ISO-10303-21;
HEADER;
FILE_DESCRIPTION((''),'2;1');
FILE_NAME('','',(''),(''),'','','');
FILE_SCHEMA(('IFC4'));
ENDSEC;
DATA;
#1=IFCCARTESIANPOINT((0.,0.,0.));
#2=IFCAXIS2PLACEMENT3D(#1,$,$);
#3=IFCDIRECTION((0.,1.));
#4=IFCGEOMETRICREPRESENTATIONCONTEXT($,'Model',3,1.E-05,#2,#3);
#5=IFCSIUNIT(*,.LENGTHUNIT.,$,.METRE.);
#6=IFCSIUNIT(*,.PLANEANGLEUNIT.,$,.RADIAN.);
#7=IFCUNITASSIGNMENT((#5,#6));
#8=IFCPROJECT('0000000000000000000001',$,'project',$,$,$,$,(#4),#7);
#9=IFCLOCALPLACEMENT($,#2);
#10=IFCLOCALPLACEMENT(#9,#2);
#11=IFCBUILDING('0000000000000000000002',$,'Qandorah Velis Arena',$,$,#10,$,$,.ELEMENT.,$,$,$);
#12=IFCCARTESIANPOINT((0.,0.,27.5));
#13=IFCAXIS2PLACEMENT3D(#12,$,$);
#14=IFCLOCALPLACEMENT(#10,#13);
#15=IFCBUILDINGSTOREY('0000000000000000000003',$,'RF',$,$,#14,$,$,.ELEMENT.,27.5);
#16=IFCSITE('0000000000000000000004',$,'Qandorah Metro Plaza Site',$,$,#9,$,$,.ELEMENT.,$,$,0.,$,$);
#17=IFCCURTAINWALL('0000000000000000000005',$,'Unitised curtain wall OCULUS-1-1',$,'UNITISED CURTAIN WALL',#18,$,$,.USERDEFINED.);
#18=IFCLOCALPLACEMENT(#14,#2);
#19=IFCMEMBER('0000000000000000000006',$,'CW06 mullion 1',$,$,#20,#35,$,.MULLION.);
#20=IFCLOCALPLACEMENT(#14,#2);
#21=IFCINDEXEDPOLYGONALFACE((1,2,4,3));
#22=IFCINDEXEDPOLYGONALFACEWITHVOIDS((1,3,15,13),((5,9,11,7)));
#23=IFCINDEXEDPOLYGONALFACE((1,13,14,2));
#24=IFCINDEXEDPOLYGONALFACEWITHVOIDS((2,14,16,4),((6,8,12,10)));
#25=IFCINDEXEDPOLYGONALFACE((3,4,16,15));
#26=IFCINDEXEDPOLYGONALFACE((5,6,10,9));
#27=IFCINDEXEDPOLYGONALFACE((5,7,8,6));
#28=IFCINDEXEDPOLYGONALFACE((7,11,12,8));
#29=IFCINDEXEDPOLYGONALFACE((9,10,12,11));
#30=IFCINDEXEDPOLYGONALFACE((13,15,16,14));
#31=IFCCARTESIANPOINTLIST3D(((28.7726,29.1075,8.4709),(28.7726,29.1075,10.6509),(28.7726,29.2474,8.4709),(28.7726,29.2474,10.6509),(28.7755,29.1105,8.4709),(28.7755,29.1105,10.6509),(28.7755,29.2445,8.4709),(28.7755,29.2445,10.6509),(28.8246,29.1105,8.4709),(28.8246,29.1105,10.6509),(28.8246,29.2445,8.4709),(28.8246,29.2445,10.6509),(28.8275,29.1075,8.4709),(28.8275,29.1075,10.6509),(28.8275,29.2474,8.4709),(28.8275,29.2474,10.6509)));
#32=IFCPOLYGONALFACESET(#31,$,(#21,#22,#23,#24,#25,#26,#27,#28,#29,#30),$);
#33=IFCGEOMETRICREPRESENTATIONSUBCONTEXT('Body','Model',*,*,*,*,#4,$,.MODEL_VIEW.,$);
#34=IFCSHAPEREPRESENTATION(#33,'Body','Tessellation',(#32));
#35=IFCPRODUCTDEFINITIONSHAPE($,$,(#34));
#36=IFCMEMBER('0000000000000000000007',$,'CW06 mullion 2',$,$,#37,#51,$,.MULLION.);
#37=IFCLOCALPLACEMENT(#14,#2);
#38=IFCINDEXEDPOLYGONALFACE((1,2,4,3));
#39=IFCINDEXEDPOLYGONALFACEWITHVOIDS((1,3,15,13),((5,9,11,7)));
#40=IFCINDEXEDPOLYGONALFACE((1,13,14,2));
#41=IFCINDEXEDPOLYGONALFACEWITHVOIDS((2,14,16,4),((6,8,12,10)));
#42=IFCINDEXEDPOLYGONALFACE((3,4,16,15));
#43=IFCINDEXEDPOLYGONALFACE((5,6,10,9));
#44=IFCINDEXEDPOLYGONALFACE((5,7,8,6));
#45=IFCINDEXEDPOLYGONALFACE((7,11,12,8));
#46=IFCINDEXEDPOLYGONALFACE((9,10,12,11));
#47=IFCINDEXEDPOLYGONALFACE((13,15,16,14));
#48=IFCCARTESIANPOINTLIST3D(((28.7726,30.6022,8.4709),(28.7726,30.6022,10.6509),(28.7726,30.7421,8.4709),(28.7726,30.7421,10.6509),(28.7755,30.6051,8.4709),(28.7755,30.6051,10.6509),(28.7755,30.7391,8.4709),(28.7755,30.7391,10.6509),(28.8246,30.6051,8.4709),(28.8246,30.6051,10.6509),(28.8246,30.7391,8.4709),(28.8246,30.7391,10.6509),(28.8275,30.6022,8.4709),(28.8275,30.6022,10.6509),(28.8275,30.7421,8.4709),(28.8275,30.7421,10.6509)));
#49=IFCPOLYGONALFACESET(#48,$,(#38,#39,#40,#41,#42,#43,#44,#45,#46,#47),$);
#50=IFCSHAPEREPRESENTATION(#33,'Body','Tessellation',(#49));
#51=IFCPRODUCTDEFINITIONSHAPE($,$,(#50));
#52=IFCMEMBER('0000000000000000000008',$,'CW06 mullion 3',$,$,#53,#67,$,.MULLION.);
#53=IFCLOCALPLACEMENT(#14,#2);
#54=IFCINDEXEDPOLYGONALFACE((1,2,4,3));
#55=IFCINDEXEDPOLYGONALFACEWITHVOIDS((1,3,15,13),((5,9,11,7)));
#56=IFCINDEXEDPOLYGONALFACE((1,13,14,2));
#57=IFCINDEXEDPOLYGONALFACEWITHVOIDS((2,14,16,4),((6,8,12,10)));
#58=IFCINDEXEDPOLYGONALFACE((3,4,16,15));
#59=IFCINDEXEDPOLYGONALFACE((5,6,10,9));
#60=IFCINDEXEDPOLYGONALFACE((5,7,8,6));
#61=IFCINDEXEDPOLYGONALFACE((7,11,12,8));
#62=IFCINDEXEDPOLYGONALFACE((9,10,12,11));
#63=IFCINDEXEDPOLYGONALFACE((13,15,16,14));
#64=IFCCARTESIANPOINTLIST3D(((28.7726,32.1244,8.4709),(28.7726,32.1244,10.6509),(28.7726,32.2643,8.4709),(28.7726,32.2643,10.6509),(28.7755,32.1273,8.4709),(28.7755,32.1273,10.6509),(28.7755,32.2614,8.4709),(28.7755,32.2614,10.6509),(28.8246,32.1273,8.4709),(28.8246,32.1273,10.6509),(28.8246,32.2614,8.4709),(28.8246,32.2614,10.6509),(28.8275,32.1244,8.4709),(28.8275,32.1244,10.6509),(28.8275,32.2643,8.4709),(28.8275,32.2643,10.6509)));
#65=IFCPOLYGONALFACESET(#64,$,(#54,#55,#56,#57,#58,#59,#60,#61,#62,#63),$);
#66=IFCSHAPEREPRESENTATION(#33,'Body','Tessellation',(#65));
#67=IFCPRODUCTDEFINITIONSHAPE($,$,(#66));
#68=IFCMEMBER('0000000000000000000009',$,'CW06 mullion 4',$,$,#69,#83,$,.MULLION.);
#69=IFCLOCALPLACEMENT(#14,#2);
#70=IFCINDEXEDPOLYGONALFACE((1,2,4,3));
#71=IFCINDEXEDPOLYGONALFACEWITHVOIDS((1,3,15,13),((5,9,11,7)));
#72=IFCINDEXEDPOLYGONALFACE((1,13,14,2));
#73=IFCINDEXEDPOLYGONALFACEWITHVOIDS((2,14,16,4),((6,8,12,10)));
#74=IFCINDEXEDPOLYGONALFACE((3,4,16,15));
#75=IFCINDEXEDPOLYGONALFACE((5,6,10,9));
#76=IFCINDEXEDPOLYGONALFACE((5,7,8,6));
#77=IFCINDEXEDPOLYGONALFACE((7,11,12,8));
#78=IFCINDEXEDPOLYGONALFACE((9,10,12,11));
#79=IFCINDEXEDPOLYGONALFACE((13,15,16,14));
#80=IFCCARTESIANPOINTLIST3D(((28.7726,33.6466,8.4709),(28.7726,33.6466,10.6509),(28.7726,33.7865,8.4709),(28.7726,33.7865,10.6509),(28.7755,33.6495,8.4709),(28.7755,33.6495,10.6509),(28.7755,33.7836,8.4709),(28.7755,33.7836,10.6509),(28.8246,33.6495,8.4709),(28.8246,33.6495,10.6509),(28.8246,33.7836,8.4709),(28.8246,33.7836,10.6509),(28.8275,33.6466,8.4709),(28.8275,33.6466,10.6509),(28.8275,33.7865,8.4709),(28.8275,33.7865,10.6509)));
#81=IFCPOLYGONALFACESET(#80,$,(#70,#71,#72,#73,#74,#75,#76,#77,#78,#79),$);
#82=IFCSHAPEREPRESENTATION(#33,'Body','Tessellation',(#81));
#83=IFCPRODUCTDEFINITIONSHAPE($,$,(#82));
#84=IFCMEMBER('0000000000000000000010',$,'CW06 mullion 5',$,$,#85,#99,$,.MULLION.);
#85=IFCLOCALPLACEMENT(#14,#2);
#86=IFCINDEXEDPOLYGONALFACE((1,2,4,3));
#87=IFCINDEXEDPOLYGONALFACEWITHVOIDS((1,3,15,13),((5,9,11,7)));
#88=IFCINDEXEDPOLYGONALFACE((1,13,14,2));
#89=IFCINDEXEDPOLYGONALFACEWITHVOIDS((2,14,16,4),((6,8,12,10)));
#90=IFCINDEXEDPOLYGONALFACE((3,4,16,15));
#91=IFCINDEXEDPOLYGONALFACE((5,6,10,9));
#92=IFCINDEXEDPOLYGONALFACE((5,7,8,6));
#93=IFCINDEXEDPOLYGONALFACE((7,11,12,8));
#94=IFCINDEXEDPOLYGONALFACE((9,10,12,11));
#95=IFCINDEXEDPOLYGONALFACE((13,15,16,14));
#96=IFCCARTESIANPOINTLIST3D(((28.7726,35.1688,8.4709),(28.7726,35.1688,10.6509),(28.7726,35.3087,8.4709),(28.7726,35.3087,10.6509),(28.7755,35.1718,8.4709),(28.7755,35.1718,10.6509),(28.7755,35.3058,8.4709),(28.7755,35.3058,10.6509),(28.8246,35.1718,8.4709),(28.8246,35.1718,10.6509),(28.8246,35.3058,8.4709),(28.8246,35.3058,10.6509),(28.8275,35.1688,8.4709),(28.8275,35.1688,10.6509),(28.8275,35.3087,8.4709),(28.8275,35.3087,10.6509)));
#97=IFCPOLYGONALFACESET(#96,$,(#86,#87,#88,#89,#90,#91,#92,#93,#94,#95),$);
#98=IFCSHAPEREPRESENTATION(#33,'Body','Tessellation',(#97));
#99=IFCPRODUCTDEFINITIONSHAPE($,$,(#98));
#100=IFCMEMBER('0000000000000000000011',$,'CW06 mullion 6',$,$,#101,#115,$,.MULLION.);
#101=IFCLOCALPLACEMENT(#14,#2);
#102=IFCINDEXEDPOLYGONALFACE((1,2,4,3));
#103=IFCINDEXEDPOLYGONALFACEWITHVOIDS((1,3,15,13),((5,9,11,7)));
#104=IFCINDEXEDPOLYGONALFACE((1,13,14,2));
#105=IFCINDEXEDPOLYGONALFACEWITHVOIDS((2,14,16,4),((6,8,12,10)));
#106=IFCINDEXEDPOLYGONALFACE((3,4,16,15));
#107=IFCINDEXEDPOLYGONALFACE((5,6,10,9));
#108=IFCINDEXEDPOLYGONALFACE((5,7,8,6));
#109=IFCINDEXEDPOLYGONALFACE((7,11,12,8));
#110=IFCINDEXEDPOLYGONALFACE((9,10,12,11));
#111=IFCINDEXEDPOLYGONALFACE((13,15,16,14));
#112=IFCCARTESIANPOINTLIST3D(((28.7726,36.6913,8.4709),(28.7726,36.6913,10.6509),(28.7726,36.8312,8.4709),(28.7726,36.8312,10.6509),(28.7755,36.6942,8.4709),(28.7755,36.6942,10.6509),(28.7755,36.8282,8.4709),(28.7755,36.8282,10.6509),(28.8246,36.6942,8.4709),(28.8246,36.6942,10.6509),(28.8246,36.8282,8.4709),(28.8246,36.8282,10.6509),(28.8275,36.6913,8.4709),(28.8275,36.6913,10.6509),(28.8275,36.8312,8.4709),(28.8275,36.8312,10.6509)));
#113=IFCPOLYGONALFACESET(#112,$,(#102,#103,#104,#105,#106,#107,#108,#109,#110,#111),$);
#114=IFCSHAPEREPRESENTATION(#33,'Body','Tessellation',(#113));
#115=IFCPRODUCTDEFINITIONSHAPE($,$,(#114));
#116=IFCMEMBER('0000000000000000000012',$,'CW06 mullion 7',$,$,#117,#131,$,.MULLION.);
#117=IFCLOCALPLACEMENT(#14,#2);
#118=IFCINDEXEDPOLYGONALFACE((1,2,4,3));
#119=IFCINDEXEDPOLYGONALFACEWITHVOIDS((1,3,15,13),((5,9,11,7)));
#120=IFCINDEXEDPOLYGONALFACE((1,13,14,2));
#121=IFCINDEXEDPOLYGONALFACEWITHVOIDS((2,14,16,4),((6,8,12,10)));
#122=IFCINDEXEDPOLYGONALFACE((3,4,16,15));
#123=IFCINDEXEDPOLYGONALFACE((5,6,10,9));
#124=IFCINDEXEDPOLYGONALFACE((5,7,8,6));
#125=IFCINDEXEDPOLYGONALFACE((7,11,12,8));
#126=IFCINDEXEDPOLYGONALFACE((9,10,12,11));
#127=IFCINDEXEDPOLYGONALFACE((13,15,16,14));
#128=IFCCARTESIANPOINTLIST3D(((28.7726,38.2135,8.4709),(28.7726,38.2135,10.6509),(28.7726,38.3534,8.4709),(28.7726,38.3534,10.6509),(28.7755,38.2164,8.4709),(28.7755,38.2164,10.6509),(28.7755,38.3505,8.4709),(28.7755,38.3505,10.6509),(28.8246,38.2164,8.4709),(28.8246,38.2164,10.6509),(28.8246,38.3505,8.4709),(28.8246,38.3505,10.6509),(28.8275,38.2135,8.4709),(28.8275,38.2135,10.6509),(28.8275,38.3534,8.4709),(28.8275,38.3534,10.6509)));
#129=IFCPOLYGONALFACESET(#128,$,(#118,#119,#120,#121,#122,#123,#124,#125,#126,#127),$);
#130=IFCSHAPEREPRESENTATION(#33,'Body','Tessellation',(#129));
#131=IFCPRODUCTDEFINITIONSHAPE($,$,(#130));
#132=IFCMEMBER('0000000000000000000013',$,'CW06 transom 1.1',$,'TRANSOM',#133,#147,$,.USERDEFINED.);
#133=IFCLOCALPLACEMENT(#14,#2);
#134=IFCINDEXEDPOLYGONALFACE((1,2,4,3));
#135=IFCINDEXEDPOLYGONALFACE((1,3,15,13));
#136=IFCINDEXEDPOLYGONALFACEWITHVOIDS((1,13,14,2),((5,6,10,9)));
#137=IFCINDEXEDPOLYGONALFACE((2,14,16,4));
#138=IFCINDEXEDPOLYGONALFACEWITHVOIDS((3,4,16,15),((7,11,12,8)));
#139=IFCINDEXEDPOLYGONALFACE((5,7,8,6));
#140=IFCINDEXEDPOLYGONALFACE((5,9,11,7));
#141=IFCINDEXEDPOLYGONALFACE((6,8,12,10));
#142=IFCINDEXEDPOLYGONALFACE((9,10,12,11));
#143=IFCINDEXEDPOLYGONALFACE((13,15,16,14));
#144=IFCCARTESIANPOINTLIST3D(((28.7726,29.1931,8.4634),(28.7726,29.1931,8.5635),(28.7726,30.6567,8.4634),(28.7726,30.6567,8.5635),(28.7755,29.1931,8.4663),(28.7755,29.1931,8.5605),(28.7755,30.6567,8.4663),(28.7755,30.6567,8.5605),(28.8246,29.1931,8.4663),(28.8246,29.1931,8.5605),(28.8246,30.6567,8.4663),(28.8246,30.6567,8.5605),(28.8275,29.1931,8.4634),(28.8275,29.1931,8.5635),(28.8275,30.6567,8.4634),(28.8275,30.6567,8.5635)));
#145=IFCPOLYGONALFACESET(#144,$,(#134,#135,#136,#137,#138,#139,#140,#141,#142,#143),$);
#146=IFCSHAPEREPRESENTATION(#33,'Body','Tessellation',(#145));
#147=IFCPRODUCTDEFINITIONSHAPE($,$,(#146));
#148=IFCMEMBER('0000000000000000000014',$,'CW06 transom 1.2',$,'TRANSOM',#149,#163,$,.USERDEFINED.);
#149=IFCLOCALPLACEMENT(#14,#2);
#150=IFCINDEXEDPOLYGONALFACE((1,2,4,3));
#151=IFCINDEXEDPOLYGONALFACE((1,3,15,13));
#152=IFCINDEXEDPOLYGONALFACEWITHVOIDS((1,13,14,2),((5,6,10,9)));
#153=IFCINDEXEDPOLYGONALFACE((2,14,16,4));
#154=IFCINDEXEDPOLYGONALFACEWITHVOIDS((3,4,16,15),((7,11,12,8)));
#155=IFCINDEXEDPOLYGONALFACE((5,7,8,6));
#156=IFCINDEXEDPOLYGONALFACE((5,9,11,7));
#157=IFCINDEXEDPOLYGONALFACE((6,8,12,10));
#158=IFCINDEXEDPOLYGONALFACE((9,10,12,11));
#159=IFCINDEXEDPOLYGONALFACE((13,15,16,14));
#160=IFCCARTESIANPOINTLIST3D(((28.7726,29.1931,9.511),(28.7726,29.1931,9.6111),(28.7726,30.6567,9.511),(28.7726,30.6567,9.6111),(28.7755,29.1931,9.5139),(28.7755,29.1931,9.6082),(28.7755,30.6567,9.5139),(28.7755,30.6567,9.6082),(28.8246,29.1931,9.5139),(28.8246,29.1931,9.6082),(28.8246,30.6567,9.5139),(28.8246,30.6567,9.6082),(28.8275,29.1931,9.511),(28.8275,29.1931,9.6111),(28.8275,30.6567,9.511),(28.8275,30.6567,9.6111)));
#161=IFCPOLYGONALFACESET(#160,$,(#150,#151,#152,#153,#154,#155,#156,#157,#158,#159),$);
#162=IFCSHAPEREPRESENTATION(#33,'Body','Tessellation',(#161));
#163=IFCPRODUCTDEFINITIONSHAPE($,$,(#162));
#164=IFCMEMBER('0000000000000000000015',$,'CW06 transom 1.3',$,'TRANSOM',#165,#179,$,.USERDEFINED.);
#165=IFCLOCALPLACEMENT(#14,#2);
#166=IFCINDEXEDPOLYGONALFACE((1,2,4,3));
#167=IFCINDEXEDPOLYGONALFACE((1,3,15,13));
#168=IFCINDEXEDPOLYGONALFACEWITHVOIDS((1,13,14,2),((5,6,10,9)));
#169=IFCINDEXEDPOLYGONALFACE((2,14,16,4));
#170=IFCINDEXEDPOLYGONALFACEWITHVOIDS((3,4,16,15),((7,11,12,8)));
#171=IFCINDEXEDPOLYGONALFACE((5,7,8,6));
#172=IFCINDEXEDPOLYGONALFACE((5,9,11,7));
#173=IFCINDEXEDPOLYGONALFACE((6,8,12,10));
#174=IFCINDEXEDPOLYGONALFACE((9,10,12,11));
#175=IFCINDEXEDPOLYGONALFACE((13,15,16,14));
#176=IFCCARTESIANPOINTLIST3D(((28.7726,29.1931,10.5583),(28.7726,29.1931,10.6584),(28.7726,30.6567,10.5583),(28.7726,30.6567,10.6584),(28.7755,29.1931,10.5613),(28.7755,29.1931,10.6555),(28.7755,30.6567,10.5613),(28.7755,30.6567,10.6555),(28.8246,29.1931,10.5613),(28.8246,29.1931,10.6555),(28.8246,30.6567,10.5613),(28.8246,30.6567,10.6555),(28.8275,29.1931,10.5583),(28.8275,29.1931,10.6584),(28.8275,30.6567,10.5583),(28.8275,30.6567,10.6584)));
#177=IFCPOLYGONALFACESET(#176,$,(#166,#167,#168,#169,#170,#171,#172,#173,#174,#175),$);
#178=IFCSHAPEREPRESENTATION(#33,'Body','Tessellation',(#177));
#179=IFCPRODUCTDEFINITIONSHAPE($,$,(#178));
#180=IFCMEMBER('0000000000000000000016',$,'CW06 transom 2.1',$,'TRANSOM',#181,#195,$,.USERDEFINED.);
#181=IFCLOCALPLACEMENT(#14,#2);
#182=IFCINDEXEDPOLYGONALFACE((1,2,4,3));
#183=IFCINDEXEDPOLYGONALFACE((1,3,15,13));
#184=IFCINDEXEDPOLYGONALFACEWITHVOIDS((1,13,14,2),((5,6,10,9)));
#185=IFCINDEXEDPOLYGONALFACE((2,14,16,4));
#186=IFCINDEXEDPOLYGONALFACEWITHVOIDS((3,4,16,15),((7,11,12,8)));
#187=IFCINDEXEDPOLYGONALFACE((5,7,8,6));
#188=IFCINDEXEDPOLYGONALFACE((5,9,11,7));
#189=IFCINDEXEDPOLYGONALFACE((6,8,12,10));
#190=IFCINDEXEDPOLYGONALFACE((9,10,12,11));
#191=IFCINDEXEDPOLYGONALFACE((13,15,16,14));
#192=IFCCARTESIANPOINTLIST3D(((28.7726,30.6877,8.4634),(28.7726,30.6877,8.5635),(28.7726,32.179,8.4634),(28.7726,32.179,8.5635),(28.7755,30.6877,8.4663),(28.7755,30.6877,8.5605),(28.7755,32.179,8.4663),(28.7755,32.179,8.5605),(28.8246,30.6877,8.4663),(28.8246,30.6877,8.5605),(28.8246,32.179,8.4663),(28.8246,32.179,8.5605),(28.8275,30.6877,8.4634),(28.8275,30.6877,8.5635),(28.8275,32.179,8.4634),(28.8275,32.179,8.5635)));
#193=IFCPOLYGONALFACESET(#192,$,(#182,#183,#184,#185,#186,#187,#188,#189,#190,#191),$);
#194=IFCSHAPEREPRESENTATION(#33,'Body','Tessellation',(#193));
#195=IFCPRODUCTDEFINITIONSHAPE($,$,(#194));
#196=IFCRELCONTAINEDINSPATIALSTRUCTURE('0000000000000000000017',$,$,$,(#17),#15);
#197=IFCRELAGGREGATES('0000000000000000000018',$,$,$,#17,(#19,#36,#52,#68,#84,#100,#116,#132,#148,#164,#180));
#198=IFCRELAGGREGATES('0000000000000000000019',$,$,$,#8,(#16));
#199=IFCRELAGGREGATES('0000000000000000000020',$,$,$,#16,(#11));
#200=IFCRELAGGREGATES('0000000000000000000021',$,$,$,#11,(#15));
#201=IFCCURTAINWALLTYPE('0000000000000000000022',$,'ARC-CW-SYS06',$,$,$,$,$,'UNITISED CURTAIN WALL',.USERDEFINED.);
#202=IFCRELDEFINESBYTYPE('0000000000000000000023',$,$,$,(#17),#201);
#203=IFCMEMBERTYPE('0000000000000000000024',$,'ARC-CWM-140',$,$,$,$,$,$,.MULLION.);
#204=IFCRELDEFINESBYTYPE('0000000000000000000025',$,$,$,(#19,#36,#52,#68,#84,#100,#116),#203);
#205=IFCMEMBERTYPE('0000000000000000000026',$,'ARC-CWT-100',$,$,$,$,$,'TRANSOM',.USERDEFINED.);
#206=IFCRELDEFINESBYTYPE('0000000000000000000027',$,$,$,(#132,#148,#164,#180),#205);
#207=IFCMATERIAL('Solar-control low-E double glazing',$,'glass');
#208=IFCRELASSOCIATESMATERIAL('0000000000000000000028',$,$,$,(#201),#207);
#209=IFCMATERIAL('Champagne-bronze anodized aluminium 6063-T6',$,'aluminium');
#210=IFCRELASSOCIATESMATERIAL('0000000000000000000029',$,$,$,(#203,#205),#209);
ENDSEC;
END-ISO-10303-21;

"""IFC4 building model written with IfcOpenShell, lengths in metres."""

from ifc_helpers import new_model, si_unit, direction, frame, origin, origin_2d, place, context, subcontext, project, spatial, hollow_rectangle, extrude, material, material_profile, profile_set, type_object, element, aggregate, save


model = new_model("IFC4")

# Units and contexts
model_context = context("Model", 3, precision=1e-05, world=origin(), true_north=direction((0.0, 1.0)))
body_context = subcontext(model_context, "Body", "Model", "MODEL_VIEW")
ifc_project = project(units=[si_unit("LENGTHUNIT", "METRE"), si_unit("PLANEANGLEUNIT", "RADIAN")], contexts=[model_context])

# Site, building, storey
site_placement = place(None, origin())
site = spatial("IfcSite", under=ifc_project, at=site_placement, Name="Qandorah Metro Plaza Site", CompositionType="ELEMENT", RefElevation=0.0)
building_placement = place(site_placement, origin())
building = spatial("IfcBuilding", under=site, at=building_placement, Name="Qandorah Velis Arena", CompositionType="ELEMENT")
storey_placement = place(building_placement, frame((0.0, 0.0, 27.5)))
storey = spatial("IfcBuildingStorey", under=building, at=storey_placement, Name="RF", CompositionType="ELEMENT", Elevation=27.5)

# Curtain wall, members
ifc_material_1 = material(Name="Solar-control low-E double glazing", Category="glass")
curtain_wall_type = type_object("IfcCurtainWallType", Name="ARC-CW-SYS06", ElementType="UNITISED CURTAIN WALL", PredefinedType="USERDEFINED", material=ifc_material_1)
curtain_wall_placement = place(storey_placement, origin())
curtain_wall = element("IfcCurtainWall", 1, at=curtain_wall_placement, inside=storey, type_object=curtain_wall_type, Name="Unitised curtain wall OCULUS-1-1", ObjectType="UNITISED CURTAIN WALL", PredefinedType="USERDEFINED")
ifc_material_2 = material(Name="Champagne-bronze anodized aluminium 6063-T6", Category="aluminium")
ifc_material_profile_1 = material_profile(ifc_material_2, hollow_rectangle(XDim=0.0549, YDim=0.1399, WallThickness=0.0029, at=origin_2d()), Name="ALU MULLION 55x140")
ifc_profile_set_1 = profile_set([ifc_material_profile_1], Name="Champagne-bronze anodized aluminium 6063-T6")
member_type_1 = type_object("IfcMemberType", Name="ARC-CWM-140", PredefinedType="MULLION", material=ifc_profile_set_1)
member_1_placement = place(storey_placement, frame((28.8, 29.1775, 8.4709), z_axis=(0.0, 0.0, 1.0), x_axis=(-1.0, 0.0, 0.0)))
member_1 = element("IfcMember", 2, at=member_1_placement, type_object=member_type_1, Name="CW06 mullion 1", PredefinedType="MULLION", context=body_context, shape_type="SweptSolid", body=[
    extrude(hollow_rectangle(XDim=0.0549, YDim=0.1399, WallThickness=0.0029, at=origin_2d()), origin(), (0.0, 0.0, 1.0), 2.1799),
])
member_2_placement = place(storey_placement, frame((28.8, 30.6721, 8.4709), z_axis=(0.0, 0.0, 1.0), x_axis=(-1.0, 0.0, 0.0)))
member_2 = element("IfcMember", 3, at=member_2_placement, type_object=member_type_1, Name="CW06 mullion 2", PredefinedType="MULLION", context=body_context, shape_type="SweptSolid", body=[
    extrude(hollow_rectangle(XDim=0.0549, YDim=0.1399, WallThickness=0.0029, at=origin_2d()), origin(), (0.0, 0.0, 1.0), 2.1799),
])
member_3_placement = place(storey_placement, frame((28.8, 32.1943, 8.4709), z_axis=(0.0, 0.0, 1.0), x_axis=(-1.0, 0.0, 0.0)))
member_3 = element("IfcMember", 4, at=member_3_placement, type_object=member_type_1, Name="CW06 mullion 3", PredefinedType="MULLION", context=body_context, shape_type="SweptSolid", body=[
    extrude(hollow_rectangle(XDim=0.0549, YDim=0.1399, WallThickness=0.0029, at=origin_2d()), origin(), (0.0, 0.0, 1.0), 2.1799),
])
member_4_placement = place(storey_placement, frame((28.8, 33.7166, 8.4709), z_axis=(0.0, 0.0, 1.0), x_axis=(-1.0, 0.0, 0.0)))
member_4 = element("IfcMember", 5, at=member_4_placement, type_object=member_type_1, Name="CW06 mullion 4", PredefinedType="MULLION", context=body_context, shape_type="SweptSolid", body=[
    extrude(hollow_rectangle(XDim=0.0549, YDim=0.1399, WallThickness=0.0029, at=origin_2d()), origin(), (0.0, 0.0, 1.0), 2.1799),
])
member_5_placement = place(storey_placement, frame((28.8, 35.2388, 8.4709), z_axis=(0.0, 0.0, 1.0), x_axis=(-1.0, 0.0, 0.0)))
member_5 = element("IfcMember", 6, at=member_5_placement, type_object=member_type_1, Name="CW06 mullion 5", PredefinedType="MULLION", context=body_context, shape_type="SweptSolid", body=[
    extrude(hollow_rectangle(XDim=0.0549, YDim=0.1399, WallThickness=0.0029, at=origin_2d()), origin(), (0.0, 0.0, 1.0), 2.1799),
])
member_6_placement = place(storey_placement, frame((28.8, 36.7612, 8.4709), z_axis=(0.0, 0.0, 1.0), x_axis=(-1.0, 0.0, 0.0)))
member_6 = element("IfcMember", 7, at=member_6_placement, type_object=member_type_1, Name="CW06 mullion 6", PredefinedType="MULLION", context=body_context, shape_type="SweptSolid", body=[
    extrude(hollow_rectangle(XDim=0.0549, YDim=0.1399, WallThickness=0.0029, at=origin_2d()), origin(), (0.0, 0.0, 1.0), 2.1799),
])
member_7_placement = place(storey_placement, frame((28.8, 38.2834, 8.4709), z_axis=(0.0, 0.0, 1.0), x_axis=(-1.0, 0.0, 0.0)))
member_7 = element("IfcMember", 8, at=member_7_placement, type_object=member_type_1, Name="CW06 mullion 7", PredefinedType="MULLION", context=body_context, shape_type="SweptSolid", body=[
    extrude(hollow_rectangle(XDim=0.0549, YDim=0.1399, WallThickness=0.0029, at=origin_2d()), origin(), (0.0, 0.0, 1.0), 2.1799),
])
ifc_material_profile_2 = material_profile(ifc_material_2, hollow_rectangle(XDim=0.0549, YDim=0.1001, WallThickness=0.0029, at=origin_2d()), Name="ALU TRANSOM 55x100")
ifc_profile_set_2 = profile_set([ifc_material_profile_2], Name="Champagne-bronze anodized aluminium 6063-T6")
member_type_2 = type_object("IfcMemberType", Name="ARC-CWT-100", ElementType="TRANSOM", PredefinedType="USERDEFINED", material=ifc_profile_set_2)
member_8_placement = place(storey_placement, frame((28.8, 29.1931, 8.5134), z_axis=(0.0, 1.0, 0.0), x_axis=(-1.0, 0.0, 0.0)))
member_8 = element("IfcMember", 9, at=member_8_placement, type_object=member_type_2, Name="CW06 transom 1.1", ObjectType="TRANSOM", PredefinedType="USERDEFINED", context=body_context, shape_type="SweptSolid", body=[
    extrude(hollow_rectangle(XDim=0.0549, YDim=0.1001, WallThickness=0.0029, at=origin_2d()), origin(), (0.0, 0.0, 1.0), 1.4636),
])
member_9_placement = place(storey_placement, frame((28.8, 29.1931, 9.561), z_axis=(0.0, 1.0, 0.0), x_axis=(-1.0, 0.0, 0.0)))
member_9 = element("IfcMember", 10, at=member_9_placement, type_object=member_type_2, Name="CW06 transom 1.2", ObjectType="TRANSOM", PredefinedType="USERDEFINED", context=body_context, shape_type="SweptSolid", body=[
    extrude(hollow_rectangle(XDim=0.0549, YDim=0.1001, WallThickness=0.0029, at=origin_2d()), origin(), (0.0, 0.0, 1.0), 1.4636),
])
member_10_placement = place(storey_placement, frame((28.8, 29.1931, 10.6084), z_axis=(0.0, 1.0, 0.0), x_axis=(-1.0, 0.0, 0.0)))
member_10 = element("IfcMember", 11, at=member_10_placement, type_object=member_type_2, Name="CW06 transom 1.3", ObjectType="TRANSOM", PredefinedType="USERDEFINED", context=body_context, shape_type="SweptSolid", body=[
    extrude(hollow_rectangle(XDim=0.0549, YDim=0.1001, WallThickness=0.0029, at=origin_2d()), origin(), (0.0, 0.0, 1.0), 1.4636),
])
member_11_placement = place(storey_placement, frame((28.8, 30.6877, 8.5134), z_axis=(0.0, 1.0, 0.0), x_axis=(-1.0, 0.0, 0.0)))
member_11 = element("IfcMember", 12, at=member_11_placement, type_object=member_type_2, Name="CW06 transom 2.1", ObjectType="TRANSOM", PredefinedType="USERDEFINED", context=body_context, shape_type="SweptSolid", body=[
    extrude(hollow_rectangle(XDim=0.0549, YDim=0.1001, WallThickness=0.0029, at=origin_2d()), origin(), (0.0, 0.0, 1.0), 1.4912),
])

aggregate(curtain_wall, [member_1, member_2, member_3, member_4, member_5, member_6, member_7, member_8, member_9, member_10, member_11])

save(model, "model.ifc")
